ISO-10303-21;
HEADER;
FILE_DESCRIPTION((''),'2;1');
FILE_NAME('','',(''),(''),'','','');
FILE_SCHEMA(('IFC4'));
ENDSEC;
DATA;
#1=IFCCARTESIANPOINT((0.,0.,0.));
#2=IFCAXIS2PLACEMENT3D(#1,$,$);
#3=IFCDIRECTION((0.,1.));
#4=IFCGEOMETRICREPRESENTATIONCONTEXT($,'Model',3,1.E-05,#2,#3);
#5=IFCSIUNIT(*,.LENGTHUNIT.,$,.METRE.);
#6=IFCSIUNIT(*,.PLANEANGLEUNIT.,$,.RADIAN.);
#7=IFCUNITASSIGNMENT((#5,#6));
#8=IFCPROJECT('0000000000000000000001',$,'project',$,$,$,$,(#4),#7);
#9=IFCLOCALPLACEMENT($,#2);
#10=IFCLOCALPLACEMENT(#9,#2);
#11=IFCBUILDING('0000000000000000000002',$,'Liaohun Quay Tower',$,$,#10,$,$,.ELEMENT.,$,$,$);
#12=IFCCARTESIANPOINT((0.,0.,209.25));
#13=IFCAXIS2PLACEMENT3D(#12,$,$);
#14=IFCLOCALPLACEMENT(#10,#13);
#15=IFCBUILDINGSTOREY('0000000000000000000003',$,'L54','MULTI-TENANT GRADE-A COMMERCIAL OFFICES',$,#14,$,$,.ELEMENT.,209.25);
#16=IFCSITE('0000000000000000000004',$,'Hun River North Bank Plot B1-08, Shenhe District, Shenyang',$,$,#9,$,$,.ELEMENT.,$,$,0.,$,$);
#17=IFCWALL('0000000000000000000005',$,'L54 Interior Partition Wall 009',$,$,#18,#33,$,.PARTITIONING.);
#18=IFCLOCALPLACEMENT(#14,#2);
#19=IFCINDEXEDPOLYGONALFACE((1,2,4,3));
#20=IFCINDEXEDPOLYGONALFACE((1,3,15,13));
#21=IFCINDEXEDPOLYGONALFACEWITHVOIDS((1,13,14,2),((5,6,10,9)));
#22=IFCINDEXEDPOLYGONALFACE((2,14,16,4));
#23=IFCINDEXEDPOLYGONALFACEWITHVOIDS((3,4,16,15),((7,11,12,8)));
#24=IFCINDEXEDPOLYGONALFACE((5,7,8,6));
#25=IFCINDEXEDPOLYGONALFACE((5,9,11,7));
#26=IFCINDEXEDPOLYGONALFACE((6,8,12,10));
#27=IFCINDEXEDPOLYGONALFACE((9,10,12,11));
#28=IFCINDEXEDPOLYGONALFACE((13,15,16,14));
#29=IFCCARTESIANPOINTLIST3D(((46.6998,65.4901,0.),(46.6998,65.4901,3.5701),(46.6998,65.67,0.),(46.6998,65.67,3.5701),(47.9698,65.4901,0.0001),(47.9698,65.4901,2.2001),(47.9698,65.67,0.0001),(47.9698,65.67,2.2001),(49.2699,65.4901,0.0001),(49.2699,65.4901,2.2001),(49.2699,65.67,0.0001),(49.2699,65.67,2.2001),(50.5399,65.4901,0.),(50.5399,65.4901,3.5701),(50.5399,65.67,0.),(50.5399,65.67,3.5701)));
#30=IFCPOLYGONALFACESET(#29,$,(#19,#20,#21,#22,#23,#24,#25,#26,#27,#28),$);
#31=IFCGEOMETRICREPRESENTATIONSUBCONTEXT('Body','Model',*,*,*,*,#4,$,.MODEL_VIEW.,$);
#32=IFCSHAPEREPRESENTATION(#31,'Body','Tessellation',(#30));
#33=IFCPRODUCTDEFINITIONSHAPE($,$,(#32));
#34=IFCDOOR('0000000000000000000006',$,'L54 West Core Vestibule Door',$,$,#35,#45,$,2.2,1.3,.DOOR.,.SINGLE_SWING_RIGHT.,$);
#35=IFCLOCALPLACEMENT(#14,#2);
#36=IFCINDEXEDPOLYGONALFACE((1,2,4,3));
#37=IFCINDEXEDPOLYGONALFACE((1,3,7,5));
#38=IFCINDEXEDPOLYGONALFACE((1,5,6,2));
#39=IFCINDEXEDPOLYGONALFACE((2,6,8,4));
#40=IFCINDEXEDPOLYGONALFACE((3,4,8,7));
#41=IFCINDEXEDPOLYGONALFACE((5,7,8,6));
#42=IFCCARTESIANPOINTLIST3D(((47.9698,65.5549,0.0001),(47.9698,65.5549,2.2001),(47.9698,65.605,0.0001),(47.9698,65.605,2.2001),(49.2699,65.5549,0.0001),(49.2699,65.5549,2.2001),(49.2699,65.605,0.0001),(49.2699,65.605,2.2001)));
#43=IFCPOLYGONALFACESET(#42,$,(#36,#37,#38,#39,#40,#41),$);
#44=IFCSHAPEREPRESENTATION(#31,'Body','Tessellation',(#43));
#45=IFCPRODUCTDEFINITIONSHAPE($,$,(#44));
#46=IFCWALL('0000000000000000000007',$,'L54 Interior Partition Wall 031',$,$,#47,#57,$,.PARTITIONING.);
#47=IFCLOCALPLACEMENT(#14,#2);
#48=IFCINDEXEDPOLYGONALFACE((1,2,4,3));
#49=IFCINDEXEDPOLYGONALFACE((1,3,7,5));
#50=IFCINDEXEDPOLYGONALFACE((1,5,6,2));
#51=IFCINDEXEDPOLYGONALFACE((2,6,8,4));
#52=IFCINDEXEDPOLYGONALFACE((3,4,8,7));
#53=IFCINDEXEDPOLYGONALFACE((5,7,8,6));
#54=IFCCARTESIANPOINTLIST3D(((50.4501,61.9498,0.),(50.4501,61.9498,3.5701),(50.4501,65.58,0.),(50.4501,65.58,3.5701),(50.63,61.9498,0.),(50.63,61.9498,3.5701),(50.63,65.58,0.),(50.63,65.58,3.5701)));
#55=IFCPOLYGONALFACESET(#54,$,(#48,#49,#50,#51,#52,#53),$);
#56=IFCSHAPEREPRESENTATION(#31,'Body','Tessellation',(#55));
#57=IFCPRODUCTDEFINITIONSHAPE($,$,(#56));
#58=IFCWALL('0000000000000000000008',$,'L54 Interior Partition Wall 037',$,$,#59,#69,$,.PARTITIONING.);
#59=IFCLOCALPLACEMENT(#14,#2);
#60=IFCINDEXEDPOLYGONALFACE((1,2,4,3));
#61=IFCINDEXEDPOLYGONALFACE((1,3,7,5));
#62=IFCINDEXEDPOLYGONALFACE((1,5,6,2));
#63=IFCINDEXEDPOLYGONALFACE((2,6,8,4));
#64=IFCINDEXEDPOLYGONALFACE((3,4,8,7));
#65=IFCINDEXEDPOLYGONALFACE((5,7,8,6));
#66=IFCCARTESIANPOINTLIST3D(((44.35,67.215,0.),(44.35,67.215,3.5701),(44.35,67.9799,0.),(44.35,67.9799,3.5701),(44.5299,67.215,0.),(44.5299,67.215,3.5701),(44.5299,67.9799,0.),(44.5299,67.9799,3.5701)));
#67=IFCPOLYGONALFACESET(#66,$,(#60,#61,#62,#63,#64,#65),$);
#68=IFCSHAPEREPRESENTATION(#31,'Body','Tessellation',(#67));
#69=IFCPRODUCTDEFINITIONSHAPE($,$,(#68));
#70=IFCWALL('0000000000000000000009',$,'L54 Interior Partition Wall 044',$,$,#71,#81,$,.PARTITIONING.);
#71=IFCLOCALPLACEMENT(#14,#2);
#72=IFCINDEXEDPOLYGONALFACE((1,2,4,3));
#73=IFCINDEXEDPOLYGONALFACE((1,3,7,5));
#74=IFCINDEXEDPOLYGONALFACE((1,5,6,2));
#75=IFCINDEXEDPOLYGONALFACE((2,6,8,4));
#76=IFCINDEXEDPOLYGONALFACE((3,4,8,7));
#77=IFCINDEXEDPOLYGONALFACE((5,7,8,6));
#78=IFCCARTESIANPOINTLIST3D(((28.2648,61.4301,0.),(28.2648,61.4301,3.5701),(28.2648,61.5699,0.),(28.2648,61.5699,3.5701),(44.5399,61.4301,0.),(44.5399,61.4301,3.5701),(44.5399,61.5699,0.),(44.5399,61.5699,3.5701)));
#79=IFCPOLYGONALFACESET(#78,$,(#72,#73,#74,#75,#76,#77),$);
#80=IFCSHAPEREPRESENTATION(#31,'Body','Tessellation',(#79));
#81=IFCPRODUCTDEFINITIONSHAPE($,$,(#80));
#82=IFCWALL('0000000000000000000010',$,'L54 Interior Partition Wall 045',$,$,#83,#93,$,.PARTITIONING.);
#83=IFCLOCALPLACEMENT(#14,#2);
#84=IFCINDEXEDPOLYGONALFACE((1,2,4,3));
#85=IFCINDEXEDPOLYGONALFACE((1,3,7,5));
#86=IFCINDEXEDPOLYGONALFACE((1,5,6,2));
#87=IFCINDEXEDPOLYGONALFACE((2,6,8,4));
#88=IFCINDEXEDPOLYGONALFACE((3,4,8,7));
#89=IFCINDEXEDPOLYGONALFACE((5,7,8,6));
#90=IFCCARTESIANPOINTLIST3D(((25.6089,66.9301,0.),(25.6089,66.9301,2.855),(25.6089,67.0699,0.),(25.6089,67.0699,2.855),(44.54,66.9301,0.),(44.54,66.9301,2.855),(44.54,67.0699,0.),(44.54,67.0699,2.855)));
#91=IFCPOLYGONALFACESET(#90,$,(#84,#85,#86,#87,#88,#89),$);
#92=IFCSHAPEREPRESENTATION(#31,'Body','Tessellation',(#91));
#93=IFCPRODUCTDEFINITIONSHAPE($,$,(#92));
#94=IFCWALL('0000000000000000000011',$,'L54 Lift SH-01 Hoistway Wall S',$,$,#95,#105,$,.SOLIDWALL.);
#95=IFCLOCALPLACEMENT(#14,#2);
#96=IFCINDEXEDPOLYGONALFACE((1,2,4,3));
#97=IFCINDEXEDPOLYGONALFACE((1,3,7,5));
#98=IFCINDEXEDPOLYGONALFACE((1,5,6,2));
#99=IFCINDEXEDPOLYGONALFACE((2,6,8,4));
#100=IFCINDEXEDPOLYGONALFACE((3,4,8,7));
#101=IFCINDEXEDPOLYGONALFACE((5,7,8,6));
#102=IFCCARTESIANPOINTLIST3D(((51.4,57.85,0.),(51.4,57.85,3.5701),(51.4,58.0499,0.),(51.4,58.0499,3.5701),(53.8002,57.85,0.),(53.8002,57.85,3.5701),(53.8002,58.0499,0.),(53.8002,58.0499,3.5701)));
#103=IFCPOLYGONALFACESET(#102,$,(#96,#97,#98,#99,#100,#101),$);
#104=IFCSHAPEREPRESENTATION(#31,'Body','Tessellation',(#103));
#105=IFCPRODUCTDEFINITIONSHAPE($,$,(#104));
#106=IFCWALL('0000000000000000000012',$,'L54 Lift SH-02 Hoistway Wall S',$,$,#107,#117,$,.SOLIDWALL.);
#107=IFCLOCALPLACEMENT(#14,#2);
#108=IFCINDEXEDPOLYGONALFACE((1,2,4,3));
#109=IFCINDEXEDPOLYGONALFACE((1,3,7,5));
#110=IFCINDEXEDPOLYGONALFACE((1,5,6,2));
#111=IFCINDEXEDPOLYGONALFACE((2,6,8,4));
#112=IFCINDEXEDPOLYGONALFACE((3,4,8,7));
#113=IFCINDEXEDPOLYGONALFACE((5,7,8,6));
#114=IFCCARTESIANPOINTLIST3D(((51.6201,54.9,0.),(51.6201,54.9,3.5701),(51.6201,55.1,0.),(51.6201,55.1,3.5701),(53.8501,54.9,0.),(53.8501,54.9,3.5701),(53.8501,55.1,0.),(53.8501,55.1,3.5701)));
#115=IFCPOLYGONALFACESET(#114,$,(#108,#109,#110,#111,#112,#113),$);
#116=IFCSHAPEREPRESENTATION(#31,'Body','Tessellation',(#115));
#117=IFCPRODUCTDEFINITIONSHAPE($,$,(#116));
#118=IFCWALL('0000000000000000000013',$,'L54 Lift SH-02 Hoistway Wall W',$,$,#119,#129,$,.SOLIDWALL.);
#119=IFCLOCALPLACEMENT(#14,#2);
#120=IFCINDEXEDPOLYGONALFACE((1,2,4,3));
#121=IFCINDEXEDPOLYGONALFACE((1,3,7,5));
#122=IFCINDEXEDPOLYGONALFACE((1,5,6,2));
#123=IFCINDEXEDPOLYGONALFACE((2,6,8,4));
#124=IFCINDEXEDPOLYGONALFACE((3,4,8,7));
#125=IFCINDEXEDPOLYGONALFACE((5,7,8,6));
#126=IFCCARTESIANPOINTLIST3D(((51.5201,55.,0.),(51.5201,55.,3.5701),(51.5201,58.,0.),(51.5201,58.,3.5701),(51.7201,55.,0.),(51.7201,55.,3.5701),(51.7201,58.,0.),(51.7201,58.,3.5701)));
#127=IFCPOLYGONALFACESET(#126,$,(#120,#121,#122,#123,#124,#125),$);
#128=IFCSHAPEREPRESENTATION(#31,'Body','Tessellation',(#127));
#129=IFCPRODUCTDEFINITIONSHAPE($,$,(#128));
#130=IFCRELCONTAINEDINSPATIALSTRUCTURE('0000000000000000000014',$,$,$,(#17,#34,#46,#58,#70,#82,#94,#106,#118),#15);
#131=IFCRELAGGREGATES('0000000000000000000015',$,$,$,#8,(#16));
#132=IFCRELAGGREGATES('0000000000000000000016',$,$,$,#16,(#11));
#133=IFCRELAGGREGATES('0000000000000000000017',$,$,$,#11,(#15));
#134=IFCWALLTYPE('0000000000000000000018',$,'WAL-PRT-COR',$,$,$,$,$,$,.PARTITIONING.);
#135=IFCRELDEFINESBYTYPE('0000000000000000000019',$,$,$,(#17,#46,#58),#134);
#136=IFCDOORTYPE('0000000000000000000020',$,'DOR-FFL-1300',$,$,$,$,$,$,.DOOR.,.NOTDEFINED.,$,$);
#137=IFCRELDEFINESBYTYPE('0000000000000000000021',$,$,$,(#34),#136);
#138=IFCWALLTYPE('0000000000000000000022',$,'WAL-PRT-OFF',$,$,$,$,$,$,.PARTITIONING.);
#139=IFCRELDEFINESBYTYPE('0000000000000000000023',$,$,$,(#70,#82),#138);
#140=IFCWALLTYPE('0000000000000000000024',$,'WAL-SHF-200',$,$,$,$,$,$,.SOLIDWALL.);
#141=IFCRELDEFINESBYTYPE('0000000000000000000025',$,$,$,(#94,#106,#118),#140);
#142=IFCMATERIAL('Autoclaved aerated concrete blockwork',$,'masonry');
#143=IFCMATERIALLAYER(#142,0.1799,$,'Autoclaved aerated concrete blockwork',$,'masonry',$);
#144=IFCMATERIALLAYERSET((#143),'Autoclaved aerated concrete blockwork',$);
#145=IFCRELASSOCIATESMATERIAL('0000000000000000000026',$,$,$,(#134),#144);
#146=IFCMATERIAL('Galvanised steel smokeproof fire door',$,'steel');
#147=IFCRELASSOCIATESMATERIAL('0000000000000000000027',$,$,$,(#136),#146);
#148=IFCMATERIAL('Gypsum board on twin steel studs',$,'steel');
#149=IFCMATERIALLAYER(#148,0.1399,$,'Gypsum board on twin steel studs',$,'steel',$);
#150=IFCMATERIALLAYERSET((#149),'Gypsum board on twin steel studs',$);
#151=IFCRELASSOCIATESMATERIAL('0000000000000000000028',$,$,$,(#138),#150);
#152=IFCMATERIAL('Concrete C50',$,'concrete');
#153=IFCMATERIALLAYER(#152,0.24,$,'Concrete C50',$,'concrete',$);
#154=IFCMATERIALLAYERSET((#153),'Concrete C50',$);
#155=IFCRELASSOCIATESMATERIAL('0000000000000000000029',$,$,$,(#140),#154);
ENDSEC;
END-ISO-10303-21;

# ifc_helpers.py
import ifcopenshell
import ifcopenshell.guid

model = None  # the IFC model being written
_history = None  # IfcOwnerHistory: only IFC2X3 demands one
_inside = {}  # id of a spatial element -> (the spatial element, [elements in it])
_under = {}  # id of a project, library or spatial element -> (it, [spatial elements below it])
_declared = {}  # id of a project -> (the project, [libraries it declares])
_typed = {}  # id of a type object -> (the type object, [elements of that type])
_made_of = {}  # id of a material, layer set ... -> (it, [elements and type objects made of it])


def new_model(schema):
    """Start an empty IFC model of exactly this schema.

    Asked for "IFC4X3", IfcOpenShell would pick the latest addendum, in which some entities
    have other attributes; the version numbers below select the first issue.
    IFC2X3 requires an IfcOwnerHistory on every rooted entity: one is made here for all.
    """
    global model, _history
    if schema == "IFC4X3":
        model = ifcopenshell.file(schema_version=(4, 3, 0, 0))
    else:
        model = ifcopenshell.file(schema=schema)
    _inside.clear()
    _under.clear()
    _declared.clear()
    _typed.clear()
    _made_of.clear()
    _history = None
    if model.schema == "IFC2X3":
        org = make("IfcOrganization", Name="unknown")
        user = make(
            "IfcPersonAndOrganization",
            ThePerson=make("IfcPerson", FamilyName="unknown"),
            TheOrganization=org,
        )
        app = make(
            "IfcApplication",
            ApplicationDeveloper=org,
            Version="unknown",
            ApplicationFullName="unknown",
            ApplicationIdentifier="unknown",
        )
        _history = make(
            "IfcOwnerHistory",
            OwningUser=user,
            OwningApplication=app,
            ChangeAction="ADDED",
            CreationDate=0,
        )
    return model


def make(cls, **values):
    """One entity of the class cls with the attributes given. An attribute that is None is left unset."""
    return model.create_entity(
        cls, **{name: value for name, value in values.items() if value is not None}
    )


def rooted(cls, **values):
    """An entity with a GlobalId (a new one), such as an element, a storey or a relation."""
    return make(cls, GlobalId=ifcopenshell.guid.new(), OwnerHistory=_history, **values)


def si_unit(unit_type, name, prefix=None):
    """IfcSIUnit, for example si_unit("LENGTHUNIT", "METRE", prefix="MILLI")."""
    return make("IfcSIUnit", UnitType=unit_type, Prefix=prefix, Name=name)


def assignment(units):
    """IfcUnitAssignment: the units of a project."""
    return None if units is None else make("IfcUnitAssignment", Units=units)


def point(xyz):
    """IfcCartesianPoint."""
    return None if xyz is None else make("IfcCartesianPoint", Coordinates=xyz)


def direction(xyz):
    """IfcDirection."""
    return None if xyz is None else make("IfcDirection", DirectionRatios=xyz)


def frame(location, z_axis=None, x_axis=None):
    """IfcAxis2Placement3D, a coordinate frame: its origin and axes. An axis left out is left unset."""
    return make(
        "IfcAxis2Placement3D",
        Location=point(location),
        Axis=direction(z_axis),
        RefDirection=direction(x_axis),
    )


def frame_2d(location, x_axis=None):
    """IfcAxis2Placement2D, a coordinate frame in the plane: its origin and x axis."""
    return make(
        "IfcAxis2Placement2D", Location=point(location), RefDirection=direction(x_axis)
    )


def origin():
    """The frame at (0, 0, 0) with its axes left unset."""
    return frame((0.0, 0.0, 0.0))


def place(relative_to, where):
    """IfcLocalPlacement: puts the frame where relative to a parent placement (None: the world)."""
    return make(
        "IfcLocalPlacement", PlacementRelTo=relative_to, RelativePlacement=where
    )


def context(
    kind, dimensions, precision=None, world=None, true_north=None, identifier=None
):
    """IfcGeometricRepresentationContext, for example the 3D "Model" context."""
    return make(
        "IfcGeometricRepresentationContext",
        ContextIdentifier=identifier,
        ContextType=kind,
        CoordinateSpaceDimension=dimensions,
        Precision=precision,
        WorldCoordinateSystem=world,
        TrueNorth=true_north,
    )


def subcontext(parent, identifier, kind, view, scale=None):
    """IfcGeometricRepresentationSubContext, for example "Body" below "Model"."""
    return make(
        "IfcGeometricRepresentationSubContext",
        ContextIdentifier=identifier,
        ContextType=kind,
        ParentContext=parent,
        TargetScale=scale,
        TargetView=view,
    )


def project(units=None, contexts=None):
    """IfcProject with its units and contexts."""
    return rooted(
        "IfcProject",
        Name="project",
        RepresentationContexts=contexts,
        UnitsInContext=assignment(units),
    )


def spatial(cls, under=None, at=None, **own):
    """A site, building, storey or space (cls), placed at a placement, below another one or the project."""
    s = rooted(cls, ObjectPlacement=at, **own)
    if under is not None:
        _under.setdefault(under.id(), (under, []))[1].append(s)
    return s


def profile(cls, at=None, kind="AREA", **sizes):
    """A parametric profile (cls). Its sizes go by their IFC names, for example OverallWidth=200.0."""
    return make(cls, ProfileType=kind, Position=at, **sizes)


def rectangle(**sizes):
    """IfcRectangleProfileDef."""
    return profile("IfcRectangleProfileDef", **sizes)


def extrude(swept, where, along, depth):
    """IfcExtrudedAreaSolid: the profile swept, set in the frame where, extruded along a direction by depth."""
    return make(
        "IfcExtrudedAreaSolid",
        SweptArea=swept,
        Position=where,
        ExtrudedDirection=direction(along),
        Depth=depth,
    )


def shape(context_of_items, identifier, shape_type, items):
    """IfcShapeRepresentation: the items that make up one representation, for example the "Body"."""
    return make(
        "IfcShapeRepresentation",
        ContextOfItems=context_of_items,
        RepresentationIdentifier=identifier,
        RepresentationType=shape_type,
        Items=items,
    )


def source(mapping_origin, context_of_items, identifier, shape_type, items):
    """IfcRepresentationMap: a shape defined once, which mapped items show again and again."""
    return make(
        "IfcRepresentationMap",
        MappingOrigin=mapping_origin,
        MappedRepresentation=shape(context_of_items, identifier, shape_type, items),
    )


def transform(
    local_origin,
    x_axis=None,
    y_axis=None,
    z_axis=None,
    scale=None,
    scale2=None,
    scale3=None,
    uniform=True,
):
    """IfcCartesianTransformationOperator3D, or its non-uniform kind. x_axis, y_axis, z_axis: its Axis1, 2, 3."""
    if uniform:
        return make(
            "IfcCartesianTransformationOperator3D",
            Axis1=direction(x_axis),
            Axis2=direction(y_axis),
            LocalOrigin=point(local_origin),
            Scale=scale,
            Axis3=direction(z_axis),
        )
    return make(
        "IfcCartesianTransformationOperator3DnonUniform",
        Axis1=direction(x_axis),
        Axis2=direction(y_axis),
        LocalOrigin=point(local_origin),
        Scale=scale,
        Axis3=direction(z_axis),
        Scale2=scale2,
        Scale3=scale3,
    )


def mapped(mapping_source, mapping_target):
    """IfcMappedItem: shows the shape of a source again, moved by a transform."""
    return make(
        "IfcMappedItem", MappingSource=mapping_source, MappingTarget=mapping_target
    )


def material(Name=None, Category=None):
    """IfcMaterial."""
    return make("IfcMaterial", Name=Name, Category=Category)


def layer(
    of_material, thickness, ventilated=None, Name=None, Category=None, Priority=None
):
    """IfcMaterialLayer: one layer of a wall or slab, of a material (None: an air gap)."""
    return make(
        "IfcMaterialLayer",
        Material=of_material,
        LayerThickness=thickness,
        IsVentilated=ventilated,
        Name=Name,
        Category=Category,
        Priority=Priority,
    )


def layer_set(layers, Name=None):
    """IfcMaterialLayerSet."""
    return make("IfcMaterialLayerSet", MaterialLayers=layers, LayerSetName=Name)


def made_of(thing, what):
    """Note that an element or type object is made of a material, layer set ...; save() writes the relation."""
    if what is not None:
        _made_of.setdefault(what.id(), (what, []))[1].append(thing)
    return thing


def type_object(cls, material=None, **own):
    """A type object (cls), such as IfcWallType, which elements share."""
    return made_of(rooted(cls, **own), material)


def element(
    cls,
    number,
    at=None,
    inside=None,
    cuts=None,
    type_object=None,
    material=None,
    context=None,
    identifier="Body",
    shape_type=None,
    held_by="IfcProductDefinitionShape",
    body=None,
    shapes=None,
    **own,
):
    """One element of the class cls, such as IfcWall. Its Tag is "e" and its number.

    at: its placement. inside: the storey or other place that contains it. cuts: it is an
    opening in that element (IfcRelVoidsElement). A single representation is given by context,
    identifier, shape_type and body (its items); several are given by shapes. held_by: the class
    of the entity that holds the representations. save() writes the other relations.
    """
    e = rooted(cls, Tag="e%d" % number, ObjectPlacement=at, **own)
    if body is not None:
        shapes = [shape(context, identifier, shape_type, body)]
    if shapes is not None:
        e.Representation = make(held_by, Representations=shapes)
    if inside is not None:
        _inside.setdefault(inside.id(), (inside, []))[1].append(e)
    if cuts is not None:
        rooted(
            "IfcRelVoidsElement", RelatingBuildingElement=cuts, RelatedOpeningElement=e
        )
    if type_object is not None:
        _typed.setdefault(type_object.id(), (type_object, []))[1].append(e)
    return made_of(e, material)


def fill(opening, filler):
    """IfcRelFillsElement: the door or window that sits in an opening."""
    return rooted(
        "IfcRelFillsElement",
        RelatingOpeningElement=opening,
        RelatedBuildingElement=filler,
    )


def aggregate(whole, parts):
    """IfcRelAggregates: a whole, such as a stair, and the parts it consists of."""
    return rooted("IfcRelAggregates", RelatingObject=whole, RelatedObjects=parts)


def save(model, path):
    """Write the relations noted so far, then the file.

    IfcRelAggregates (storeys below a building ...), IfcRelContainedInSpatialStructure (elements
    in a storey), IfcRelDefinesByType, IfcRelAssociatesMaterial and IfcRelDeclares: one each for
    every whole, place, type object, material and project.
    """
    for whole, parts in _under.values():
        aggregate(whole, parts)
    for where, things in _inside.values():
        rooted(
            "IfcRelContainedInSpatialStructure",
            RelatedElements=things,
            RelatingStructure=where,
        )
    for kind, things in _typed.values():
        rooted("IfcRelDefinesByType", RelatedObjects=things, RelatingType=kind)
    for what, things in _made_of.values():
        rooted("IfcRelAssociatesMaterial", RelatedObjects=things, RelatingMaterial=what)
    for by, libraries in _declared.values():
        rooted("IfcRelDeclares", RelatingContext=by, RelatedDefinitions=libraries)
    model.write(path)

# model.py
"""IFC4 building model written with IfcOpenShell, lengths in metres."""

from ifc_helpers import new_model, si_unit, direction, frame, frame_2d, origin, place, context, subcontext, project, spatial, rectangle, extrude, source, transform, mapped, material, layer, layer_set, type_object, element, fill, save


model = new_model("IFC4")

# Units and contexts
model_context = context("Model", 3, precision=1e-05, world=origin(), true_north=direction((0.0, 1.0)))
body_context = subcontext(model_context, "Body", "Model", "MODEL_VIEW")
ifc_project = project(units=[si_unit("LENGTHUNIT", "METRE"), si_unit("PLANEANGLEUNIT", "RADIAN")], contexts=[model_context])

# Site, building, storey
site_placement = place(None, origin())
site = spatial("IfcSite", under=ifc_project, at=site_placement, Name="Hun River North Bank Plot B1-08, Shenhe District, Shenyang", CompositionType="ELEMENT", RefElevation=0.0)
building_placement = place(site_placement, origin())
building = spatial("IfcBuilding", under=site, at=building_placement, Name="Liaohun Quay Tower", CompositionType="ELEMENT")
storey_placement = place(building_placement, frame((0.0, 0.0, 209.25)))
storey = spatial("IfcBuildingStorey", under=building, at=storey_placement, Name="L54", Description="MULTI-TENANT GRADE-A COMMERCIAL OFFICES", CompositionType="ELEMENT", Elevation=209.25)

# Wall, opening, door
ifc_material_1 = material(Name="Autoclaved aerated concrete blockwork", Category="masonry")
ifc_layer_1 = layer(ifc_material_1, 0.1799, Name="Autoclaved aerated concrete blockwork", Category="masonry")
ifc_layer_set_1 = layer_set([ifc_layer_1], Name="Autoclaved aerated concrete blockwork")
wall_type_1 = type_object("IfcWallType", Name="WAL-PRT-COR", PredefinedType="PARTITIONING", material=ifc_layer_set_1)
wall_1_placement = place(storey_placement, frame((46.7, 65.5801, 0.0), z_axis=(0.0, 0.0, 1.0), x_axis=(1.0, 0.0, 0.0)))
wall_1 = element("IfcWall", 1, at=wall_1_placement, inside=storey, type_object=wall_type_1, Name="L54 Interior Partition Wall 009", PredefinedType="PARTITIONING", context=body_context, shape_type="SweptSolid", body=[
    extrude(rectangle(XDim=3.8401, YDim=0.1799, at=frame_2d((1.9199, 0.0))), origin(), (0.0, 0.0, 1.0), 3.5701),
])
shared_shape_1 = source(origin(), body_context, "Body", "SweptSolid", [
    extrude(rectangle(XDim=1.3, YDim=2.2, at=frame_2d((0.6499, 1.1001))), frame((0.0, 0.0999, 0.0), z_axis=(0.0, -1.0, 0.0), x_axis=(1.0, 0.0, 0.0)), (0.0, 0.0, 1.0), 0.2),
])
opening_1_placement = place(wall_1_placement, frame((1.27, 0.0, 0.0)))
opening_1 = element("IfcOpeningElement", 2, at=opening_1_placement, cuts=wall_1, PredefinedType="OPENING", context=body_context, shape_type="MappedRepresentation", body=[
    mapped(shared_shape_1, transform((0.0, 0.0, 0.0), x_axis=(1.0, 0.0, 0.0), y_axis=(0.0, 1.0, 0.0), z_axis=(0.0, 0.0, 1.0), scale=1.0)),
])
ifc_material_2 = material(Name="Galvanised steel smokeproof fire door", Category="steel")
door_type_1 = type_object("IfcDoorType", Name="DOR-FFL-1300", OperationType="NOTDEFINED", PredefinedType="DOOR", material=ifc_material_2)
shared_shape_2 = source(origin(), body_context, "Body", "SweptSolid", [
    extrude(rectangle(XDim=1.3, YDim=2.2, at=frame_2d((0.6499, 1.1001))), frame((0.0, 0.0249, 0.0), z_axis=(0.0, -1.0, 0.0), x_axis=(1.0, 0.0, 0.0)), (0.0, 0.0, 1.0), 0.05),
])
door_1_placement = place(opening_1_placement, origin())
door_1 = element("IfcDoor", 3, at=door_1_placement, inside=storey, type_object=door_type_1, Name="L54 West Core Vestibule Door", OperationType="SINGLE_SWING_RIGHT", OverallHeight=2.2, OverallWidth=1.3, PredefinedType="DOOR", context=body_context, shape_type="MappedRepresentation", body=[
    mapped(shared_shape_2, transform((0.0, 0.0, 0.0), x_axis=(1.0, 0.0, 0.0), y_axis=(0.0, 1.0, 0.0), z_axis=(0.0, 0.0, 1.0), scale=1.0)),
])
fill(opening_1, door_1)

# Walls
wall_2_placement = place(storey_placement, frame((50.54, 61.95, 0.0), z_axis=(0.0, 0.0, 1.0), x_axis=(0.0, 1.0, 0.0)))
element("IfcWall", 4, at=wall_2_placement, inside=storey, type_object=wall_type_1, Name="L54 Interior Partition Wall 031", PredefinedType="PARTITIONING", context=body_context, shape_type="SweptSolid", body=[
    extrude(rectangle(XDim=3.6301, YDim=0.1799, at=frame_2d((1.8149, 0.0))), origin(), (0.0, 0.0, 1.0), 3.5701),
])
wall_3_placement = place(storey_placement, frame((44.4399, 67.2151, 0.0), z_axis=(0.0, 0.0, 1.0), x_axis=(0.0, 1.0, 0.0)))
element("IfcWall", 5, at=wall_3_placement, inside=storey, type_object=wall_type_1, Name="L54 Interior Partition Wall 037", PredefinedType="PARTITIONING", context=body_context, shape_type="SweptSolid", body=[
    extrude(rectangle(XDim=0.7649, YDim=0.1799, at=frame_2d((0.3823, 0.0))), origin(), (0.0, 0.0, 1.0), 3.5701),
])
ifc_material_3 = material(Name="Gypsum board on twin steel studs", Category="steel")
ifc_layer_2 = layer(ifc_material_3, 0.1399, Name="Gypsum board on twin steel studs", Category="steel")
ifc_layer_set_2 = layer_set([ifc_layer_2], Name="Gypsum board on twin steel studs")
wall_type_2 = type_object("IfcWallType", Name="WAL-PRT-OFF", PredefinedType="PARTITIONING", material=ifc_layer_set_2)
wall_4_placement = place(storey_placement, frame((44.54, 61.5, 0.0), z_axis=(0.0, 0.0, 1.0), x_axis=(-1.0, 0.0, 0.0)))
element("IfcWall", 6, at=wall_4_placement, inside=storey, type_object=wall_type_2, Name="L54 Interior Partition Wall 044", PredefinedType="PARTITIONING", context=body_context, shape_type="SweptSolid", body=[
    extrude(rectangle(XDim=16.2751, YDim=0.1399, at=frame_2d((8.1377, 0.0))), origin(), (0.0, 0.0, 1.0), 3.5701),
])
wall_5_placement = place(storey_placement, frame((44.54, 67.0, 0.0), z_axis=(0.0, 0.0, 1.0), x_axis=(-1.0, 0.0, 0.0)))
element("IfcWall", 7, at=wall_5_placement, inside=storey, type_object=wall_type_2, Name="L54 Interior Partition Wall 045", PredefinedType="PARTITIONING", context=body_context, shape_type="SweptSolid", body=[
    extrude(rectangle(XDim=18.9312, YDim=0.1399, at=frame_2d((9.4656, 0.0))), origin(), (0.0, 0.0, 1.0), 2.855),
])
ifc_material_4 = material(Name="Concrete C50", Category="concrete")
ifc_layer_3 = layer(ifc_material_4, 0.24, Name="Concrete C50", Category="concrete")
ifc_layer_set_3 = layer_set([ifc_layer_3], Name="Concrete C50")
wall_type_3 = type_object("IfcWallType", Name="WAL-SHF-200", PredefinedType="SOLIDWALL", material=ifc_layer_set_3)
wall_6_placement = place(storey_placement, frame((51.3999, 57.95, 0.0), z_axis=(0.0, 0.0, 1.0), x_axis=(1.0, 0.0, 0.0)))
element("IfcWall", 8, at=wall_6_placement, inside=storey, type_object=wall_type_3, Name="L54 Lift SH-01 Hoistway Wall S", PredefinedType="SOLIDWALL", context=body_context, shape_type="SweptSolid", body=[
    extrude(rectangle(XDim=2.4001, YDim=0.2, at=frame_2d((1.2002, 0.0))), origin(), (0.0, 0.0, 1.0), 3.5701),
])
wall_7_placement = place(storey_placement, frame((51.6201, 55.0, 0.0), z_axis=(0.0, 0.0, 1.0), x_axis=(1.0, 0.0, 0.0)))
element("IfcWall", 9, at=wall_7_placement, inside=storey, type_object=wall_type_3, Name="L54 Lift SH-02 Hoistway Wall S", PredefinedType="SOLIDWALL", context=body_context, shape_type="SweptSolid", body=[
    extrude(rectangle(XDim=2.23, YDim=0.2, at=frame_2d((1.115, 0.0))), origin(), (0.0, 0.0, 1.0), 3.5701),
])
wall_8_placement = place(storey_placement, frame((51.6201, 58.0, 0.0), z_axis=(0.0, 0.0, 1.0), x_axis=(0.0, -1.0, 0.0)))
element("IfcWall", 10, at=wall_8_placement, inside=storey, type_object=wall_type_3, Name="L54 Lift SH-02 Hoistway Wall W", PredefinedType="SOLIDWALL", context=body_context, shape_type="SweptSolid", body=[
    extrude(rectangle(XDim=3.0, YDim=0.2, at=frame_2d((1.5, 0.0))), origin(), (0.0, 0.0, 1.0), 3.5701),
])

save(model, "model.ifc")
